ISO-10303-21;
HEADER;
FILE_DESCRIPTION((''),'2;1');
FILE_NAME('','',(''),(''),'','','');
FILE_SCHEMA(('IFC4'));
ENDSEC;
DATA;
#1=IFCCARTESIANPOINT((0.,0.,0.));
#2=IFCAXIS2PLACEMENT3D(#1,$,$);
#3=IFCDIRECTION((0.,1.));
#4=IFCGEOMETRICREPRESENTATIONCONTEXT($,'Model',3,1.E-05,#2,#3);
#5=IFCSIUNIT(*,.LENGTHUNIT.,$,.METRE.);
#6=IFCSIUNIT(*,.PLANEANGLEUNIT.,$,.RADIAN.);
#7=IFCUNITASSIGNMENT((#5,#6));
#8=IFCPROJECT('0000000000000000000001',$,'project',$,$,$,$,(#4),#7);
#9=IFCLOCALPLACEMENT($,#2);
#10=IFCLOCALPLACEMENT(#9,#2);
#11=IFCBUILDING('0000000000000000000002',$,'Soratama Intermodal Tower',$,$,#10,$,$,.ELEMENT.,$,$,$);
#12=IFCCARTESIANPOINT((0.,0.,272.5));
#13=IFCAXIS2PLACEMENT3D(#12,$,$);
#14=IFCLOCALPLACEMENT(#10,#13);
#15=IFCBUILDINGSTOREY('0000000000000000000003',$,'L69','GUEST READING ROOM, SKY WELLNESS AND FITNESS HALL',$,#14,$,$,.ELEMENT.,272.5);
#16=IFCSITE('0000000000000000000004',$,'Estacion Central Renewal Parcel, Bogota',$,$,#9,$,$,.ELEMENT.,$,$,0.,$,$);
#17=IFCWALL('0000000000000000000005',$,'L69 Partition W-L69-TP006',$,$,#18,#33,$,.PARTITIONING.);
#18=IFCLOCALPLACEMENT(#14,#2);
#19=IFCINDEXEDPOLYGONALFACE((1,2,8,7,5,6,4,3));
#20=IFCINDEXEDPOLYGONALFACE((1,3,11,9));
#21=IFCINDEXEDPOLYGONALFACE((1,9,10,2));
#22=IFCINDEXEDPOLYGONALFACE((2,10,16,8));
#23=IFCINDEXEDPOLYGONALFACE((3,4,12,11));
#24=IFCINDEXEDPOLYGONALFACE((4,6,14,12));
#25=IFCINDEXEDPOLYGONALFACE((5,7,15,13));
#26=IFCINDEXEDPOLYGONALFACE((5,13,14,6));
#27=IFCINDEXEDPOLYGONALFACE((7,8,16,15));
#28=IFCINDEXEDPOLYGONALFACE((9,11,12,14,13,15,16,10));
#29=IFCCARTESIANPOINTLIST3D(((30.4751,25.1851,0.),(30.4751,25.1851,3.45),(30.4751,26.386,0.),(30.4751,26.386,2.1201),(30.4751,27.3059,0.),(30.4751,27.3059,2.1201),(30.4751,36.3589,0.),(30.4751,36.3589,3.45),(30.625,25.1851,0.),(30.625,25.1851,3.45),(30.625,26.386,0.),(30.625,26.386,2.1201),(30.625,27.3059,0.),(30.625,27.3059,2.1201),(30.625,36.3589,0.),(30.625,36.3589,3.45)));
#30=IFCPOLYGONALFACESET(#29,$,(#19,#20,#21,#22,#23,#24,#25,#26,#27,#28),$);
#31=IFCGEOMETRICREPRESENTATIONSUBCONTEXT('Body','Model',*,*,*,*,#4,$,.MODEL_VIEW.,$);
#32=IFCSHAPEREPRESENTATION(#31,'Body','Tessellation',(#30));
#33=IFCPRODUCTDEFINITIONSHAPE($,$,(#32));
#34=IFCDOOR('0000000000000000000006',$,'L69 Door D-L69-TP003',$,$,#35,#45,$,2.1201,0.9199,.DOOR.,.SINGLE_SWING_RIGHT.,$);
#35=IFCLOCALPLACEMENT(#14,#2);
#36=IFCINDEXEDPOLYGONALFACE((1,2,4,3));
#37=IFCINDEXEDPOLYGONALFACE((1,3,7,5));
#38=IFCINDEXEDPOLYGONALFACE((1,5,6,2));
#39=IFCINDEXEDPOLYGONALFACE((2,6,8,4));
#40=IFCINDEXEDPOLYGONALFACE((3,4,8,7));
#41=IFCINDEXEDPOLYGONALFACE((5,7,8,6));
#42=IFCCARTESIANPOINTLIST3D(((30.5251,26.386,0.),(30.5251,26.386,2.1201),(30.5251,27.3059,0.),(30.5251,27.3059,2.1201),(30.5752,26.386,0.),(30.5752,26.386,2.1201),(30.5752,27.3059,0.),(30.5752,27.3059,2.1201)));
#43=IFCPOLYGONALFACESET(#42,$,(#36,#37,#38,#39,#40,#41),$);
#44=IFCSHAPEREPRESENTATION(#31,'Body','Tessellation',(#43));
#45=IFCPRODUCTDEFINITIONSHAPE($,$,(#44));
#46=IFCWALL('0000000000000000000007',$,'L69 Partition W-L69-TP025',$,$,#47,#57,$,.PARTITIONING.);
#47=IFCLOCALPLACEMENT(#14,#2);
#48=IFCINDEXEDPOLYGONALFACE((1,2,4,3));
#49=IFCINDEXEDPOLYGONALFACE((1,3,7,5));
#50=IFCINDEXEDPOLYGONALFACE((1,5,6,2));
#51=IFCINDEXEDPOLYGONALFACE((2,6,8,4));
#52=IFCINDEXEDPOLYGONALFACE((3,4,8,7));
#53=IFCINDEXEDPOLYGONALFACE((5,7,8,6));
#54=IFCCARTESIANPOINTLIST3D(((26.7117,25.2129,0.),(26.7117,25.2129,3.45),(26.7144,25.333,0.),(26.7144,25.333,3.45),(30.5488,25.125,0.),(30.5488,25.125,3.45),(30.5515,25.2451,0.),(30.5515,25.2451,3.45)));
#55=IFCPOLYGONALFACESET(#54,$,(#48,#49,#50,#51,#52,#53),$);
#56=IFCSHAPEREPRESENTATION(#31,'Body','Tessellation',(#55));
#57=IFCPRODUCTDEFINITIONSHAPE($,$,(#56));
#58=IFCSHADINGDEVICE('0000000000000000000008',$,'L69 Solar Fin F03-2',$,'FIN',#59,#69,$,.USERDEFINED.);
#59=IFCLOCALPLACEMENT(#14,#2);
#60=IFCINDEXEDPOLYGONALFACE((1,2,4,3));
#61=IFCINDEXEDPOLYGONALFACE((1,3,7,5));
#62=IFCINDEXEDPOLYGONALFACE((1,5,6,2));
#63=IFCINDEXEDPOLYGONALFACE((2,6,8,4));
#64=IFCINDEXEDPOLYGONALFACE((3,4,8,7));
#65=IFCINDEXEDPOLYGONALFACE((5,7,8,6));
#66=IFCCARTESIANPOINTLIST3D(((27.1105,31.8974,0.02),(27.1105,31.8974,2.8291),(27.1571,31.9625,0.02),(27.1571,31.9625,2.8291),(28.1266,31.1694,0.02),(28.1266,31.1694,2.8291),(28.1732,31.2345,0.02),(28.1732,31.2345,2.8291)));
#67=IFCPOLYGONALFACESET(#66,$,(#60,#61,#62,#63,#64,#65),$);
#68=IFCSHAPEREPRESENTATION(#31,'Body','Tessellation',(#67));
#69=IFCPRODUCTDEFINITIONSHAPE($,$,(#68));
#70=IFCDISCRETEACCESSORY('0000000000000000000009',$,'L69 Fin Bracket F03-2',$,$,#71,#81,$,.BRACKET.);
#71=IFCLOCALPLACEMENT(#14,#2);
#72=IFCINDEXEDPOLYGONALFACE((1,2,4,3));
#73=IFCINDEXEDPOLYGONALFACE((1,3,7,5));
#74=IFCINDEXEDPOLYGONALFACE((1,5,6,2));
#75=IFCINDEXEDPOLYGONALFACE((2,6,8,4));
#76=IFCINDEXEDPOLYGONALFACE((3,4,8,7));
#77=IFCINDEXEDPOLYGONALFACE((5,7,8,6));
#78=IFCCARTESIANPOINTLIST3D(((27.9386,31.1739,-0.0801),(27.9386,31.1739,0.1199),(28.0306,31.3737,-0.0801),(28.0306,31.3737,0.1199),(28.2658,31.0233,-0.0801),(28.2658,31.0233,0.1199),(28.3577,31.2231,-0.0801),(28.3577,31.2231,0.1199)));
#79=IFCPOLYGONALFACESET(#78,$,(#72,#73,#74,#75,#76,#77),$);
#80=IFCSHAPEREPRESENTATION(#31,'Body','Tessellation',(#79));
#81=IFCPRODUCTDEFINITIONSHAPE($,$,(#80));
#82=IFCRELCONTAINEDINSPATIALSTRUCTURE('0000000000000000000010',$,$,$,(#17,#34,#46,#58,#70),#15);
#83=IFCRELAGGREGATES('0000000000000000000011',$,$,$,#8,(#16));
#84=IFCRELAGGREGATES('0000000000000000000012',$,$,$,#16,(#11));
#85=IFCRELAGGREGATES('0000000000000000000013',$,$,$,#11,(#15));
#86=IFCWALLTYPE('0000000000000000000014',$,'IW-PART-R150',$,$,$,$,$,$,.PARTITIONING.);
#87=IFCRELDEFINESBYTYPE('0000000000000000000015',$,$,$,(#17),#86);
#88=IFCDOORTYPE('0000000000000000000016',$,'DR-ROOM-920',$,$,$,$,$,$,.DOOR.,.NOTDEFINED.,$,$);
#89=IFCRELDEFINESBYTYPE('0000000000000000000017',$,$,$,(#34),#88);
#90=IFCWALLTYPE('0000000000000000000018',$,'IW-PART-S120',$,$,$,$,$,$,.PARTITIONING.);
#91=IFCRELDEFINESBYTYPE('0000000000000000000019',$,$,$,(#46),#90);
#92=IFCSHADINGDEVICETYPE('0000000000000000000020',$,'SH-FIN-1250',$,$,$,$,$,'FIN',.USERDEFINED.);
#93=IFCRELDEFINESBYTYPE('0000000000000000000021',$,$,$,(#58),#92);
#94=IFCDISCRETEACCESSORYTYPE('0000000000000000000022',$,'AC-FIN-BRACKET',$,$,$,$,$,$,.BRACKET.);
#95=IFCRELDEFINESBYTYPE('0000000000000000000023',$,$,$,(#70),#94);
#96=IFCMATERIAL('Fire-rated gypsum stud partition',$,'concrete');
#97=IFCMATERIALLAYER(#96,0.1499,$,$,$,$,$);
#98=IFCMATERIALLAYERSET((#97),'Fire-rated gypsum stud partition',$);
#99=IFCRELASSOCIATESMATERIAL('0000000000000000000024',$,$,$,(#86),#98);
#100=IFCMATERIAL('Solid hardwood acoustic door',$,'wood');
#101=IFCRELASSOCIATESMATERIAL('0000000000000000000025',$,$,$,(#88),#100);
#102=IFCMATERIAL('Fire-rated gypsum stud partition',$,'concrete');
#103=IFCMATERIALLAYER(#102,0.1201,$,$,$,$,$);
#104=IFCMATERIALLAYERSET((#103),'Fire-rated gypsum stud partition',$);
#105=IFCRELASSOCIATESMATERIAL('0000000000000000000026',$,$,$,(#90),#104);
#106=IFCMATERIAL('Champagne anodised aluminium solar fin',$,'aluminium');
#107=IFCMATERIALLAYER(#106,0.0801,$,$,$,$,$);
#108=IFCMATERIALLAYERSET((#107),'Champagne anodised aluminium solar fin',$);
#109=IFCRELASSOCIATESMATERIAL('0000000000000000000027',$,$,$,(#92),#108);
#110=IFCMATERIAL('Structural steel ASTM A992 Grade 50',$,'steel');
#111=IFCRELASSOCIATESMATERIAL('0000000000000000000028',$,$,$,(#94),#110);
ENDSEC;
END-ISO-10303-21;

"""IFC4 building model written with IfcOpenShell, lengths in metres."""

from ifc_helpers import new_model, si_unit, direction, frame, frame_2d, origin, origin_2d, place, context, subcontext, project, spatial, rectangle, extrude, material, layer, layer_set, type_object, element, fill, save


model = new_model("IFC4")

# Units and contexts
model_context = context("Model", 3, precision=1e-05, world=origin(), true_north=direction((0.0, 1.0)))
body_context = subcontext(model_context, "Body", "Model", "MODEL_VIEW")
ifc_project = project(units=[si_unit("LENGTHUNIT", "METRE"), si_unit("PLANEANGLEUNIT", "RADIAN")], contexts=[model_context])

# Site, building, storey
site_placement = place(None, origin())
site = spatial("IfcSite", under=ifc_project, at=site_placement, Name="Estacion Central Renewal Parcel, Bogota", CompositionType="ELEMENT", RefElevation=0.0)
building_placement = place(site_placement, origin())
building = spatial("IfcBuilding", under=site, at=building_placement, Name="Soratama Intermodal Tower", CompositionType="ELEMENT")
storey_placement = place(building_placement, frame((0.0, 0.0, 272.5)))
storey = spatial("IfcBuildingStorey", under=building, at=storey_placement, Name="L69", Description="GUEST READING ROOM, SKY WELLNESS AND FITNESS HALL", CompositionType="ELEMENT", Elevation=272.5)

# Wall, opening, door
ifc_material_1 = material(Name="Fire-rated gypsum stud partition", Category="concrete")
ifc_layer_1 = layer(ifc_material_1, 0.1499)
ifc_layer_set_1 = layer_set([ifc_layer_1], Name="Fire-rated gypsum stud partition")
wall_type_1 = type_object("IfcWallType", Name="IW-PART-R150", PredefinedType="PARTITIONING", material=ifc_layer_set_1)
wall_1_placement = place(storey_placement, frame((30.55, 25.1851, 0.0), z_axis=(0.0, 0.0, 1.0), x_axis=(0.0, 1.0, 0.0)))
wall_1 = element("IfcWall", 1, at=wall_1_placement, inside=storey, type_object=wall_type_1, Name="L69 Partition W-L69-TP006", PredefinedType="PARTITIONING", context=body_context, shape_type="SweptSolid", body=[
    extrude(rectangle(XDim=11.1738, YDim=0.1499, at=frame_2d((5.5869, 0.0))), origin(), (0.0, 0.0, 1.0), 3.45),
])
opening_1_placement = place(wall_1_placement, frame((1.2009, 0.0, 0.0)))
opening_1 = element("IfcOpeningElement", 2, at=opening_1_placement, cuts=wall_1, PredefinedType="OPENING", context=body_context, shape_type="SweptSolid", body=[
    extrude(rectangle(XDim=0.9199, YDim=2.1201, at=frame_2d((0.46, 1.0601))), frame((0.0, 0.085, 0.0), z_axis=(0.0, -1.0, 0.0), x_axis=(1.0, 0.0, 0.0)), (0.0, 0.0, 1.0), 0.1699),
])
ifc_material_2 = material(Name="Solid hardwood acoustic door", Category="wood")
door_type_1 = type_object("IfcDoorType", Name="DR-ROOM-920", OperationType="NOTDEFINED", PredefinedType="DOOR", material=ifc_material_2)
door_1_placement = place(opening_1_placement, origin())
door_1 = element("IfcDoor", 3, at=door_1_placement, inside=storey, type_object=door_type_1, Name="L69 Door D-L69-TP003", OperationType="SINGLE_SWING_RIGHT", OverallHeight=2.1201, OverallWidth=0.9199, PredefinedType="DOOR", context=body_context, shape_type="SweptSolid", body=[
    extrude(rectangle(XDim=0.9199, YDim=2.1201, at=frame_2d((0.46, 1.0601))), frame((0.0, 0.0249, 0.0), z_axis=(0.0, -1.0, 0.0), x_axis=(1.0, 0.0, 0.0)), (0.0, 0.0, 1.0), 0.05),
])
fill(opening_1, door_1)

# Wall
ifc_material_3 = material(Name="Fire-rated gypsum stud partition", Category="concrete")
ifc_layer_2 = layer(ifc_material_3, 0.1201)
ifc_layer_set_2 = layer_set([ifc_layer_2], Name="Fire-rated gypsum stud partition")
wall_type_2 = type_object("IfcWallType", Name="IW-PART-S120", PredefinedType="PARTITIONING", material=ifc_layer_set_2)
wall_2_placement = place(storey_placement, frame((30.55, 25.1851, 0.0), z_axis=(0.0, 0.0, 1.0), x_axis=(-0.999738, 0.022899, 0.0)))
element("IfcWall", 4, at=wall_2_placement, inside=storey, type_object=wall_type_2, Name="L69 Partition W-L69-TP025", PredefinedType="PARTITIONING", context=body_context, shape_type="SweptSolid", body=[
    extrude(rectangle(XDim=3.8381, YDim=0.1201, at=frame_2d((1.9189, 0.0))), origin(), (0.0, 0.0, 1.0), 3.45),
])

# Shading device
ifc_material_4 = material(Name="Champagne anodised aluminium solar fin", Category="aluminium")
ifc_layer_3 = layer(ifc_material_4, 0.0801)
ifc_layer_set_3 = layer_set([ifc_layer_3], Name="Champagne anodised aluminium solar fin")
shading_device_type = type_object("IfcShadingDeviceType", Name="SH-FIN-1250", ElementType="FIN", PredefinedType="USERDEFINED", material=ifc_layer_set_3)
shading_device_placement = place(storey_placement, frame((27.6418, 31.5659, 0.02), z_axis=(0.0, 0.0, 1.0), x_axis=(-0.812898, 0.582407, 0.0)))
element("IfcShadingDevice", 5, at=shading_device_placement, inside=storey, type_object=shading_device_type, Name="L69 Solar Fin F03-2", ObjectType="FIN", PredefinedType="USERDEFINED", context=body_context, shape_type="SweptSolid", body=[
    extrude(rectangle(XDim=1.25, YDim=0.0801, at=origin_2d()), origin(), (0.0, 0.0, 1.0), 2.8091),
])

# Discrete accessory
ifc_material_5 = material(Name="Structural steel ASTM A992 Grade 50", Category="steel")
discrete_accessory_type = type_object("IfcDiscreteAccessoryType", Name="AC-FIN-BRACKET", PredefinedType="BRACKET", material=ifc_material_5)
discrete_accessory_placement = place(storey_placement, frame((28.1482, 31.1985, -0.0801), z_axis=(0.0, 0.0, 1.0), x_axis=(-0.908362, 0.418184, 0.0)))
element("IfcDiscreteAccessory", 6, at=discrete_accessory_placement, inside=storey, type_object=discrete_accessory_type, Name="L69 Fin Bracket F03-2", PredefinedType="BRACKET", context=body_context, shape_type="SweptSolid", body=[
    extrude(rectangle(XDim=0.3601, YDim=0.22, at=origin_2d()), origin(), (0.0, 0.0, 1.0), 0.2),
])

save(model, "model.ifc")
